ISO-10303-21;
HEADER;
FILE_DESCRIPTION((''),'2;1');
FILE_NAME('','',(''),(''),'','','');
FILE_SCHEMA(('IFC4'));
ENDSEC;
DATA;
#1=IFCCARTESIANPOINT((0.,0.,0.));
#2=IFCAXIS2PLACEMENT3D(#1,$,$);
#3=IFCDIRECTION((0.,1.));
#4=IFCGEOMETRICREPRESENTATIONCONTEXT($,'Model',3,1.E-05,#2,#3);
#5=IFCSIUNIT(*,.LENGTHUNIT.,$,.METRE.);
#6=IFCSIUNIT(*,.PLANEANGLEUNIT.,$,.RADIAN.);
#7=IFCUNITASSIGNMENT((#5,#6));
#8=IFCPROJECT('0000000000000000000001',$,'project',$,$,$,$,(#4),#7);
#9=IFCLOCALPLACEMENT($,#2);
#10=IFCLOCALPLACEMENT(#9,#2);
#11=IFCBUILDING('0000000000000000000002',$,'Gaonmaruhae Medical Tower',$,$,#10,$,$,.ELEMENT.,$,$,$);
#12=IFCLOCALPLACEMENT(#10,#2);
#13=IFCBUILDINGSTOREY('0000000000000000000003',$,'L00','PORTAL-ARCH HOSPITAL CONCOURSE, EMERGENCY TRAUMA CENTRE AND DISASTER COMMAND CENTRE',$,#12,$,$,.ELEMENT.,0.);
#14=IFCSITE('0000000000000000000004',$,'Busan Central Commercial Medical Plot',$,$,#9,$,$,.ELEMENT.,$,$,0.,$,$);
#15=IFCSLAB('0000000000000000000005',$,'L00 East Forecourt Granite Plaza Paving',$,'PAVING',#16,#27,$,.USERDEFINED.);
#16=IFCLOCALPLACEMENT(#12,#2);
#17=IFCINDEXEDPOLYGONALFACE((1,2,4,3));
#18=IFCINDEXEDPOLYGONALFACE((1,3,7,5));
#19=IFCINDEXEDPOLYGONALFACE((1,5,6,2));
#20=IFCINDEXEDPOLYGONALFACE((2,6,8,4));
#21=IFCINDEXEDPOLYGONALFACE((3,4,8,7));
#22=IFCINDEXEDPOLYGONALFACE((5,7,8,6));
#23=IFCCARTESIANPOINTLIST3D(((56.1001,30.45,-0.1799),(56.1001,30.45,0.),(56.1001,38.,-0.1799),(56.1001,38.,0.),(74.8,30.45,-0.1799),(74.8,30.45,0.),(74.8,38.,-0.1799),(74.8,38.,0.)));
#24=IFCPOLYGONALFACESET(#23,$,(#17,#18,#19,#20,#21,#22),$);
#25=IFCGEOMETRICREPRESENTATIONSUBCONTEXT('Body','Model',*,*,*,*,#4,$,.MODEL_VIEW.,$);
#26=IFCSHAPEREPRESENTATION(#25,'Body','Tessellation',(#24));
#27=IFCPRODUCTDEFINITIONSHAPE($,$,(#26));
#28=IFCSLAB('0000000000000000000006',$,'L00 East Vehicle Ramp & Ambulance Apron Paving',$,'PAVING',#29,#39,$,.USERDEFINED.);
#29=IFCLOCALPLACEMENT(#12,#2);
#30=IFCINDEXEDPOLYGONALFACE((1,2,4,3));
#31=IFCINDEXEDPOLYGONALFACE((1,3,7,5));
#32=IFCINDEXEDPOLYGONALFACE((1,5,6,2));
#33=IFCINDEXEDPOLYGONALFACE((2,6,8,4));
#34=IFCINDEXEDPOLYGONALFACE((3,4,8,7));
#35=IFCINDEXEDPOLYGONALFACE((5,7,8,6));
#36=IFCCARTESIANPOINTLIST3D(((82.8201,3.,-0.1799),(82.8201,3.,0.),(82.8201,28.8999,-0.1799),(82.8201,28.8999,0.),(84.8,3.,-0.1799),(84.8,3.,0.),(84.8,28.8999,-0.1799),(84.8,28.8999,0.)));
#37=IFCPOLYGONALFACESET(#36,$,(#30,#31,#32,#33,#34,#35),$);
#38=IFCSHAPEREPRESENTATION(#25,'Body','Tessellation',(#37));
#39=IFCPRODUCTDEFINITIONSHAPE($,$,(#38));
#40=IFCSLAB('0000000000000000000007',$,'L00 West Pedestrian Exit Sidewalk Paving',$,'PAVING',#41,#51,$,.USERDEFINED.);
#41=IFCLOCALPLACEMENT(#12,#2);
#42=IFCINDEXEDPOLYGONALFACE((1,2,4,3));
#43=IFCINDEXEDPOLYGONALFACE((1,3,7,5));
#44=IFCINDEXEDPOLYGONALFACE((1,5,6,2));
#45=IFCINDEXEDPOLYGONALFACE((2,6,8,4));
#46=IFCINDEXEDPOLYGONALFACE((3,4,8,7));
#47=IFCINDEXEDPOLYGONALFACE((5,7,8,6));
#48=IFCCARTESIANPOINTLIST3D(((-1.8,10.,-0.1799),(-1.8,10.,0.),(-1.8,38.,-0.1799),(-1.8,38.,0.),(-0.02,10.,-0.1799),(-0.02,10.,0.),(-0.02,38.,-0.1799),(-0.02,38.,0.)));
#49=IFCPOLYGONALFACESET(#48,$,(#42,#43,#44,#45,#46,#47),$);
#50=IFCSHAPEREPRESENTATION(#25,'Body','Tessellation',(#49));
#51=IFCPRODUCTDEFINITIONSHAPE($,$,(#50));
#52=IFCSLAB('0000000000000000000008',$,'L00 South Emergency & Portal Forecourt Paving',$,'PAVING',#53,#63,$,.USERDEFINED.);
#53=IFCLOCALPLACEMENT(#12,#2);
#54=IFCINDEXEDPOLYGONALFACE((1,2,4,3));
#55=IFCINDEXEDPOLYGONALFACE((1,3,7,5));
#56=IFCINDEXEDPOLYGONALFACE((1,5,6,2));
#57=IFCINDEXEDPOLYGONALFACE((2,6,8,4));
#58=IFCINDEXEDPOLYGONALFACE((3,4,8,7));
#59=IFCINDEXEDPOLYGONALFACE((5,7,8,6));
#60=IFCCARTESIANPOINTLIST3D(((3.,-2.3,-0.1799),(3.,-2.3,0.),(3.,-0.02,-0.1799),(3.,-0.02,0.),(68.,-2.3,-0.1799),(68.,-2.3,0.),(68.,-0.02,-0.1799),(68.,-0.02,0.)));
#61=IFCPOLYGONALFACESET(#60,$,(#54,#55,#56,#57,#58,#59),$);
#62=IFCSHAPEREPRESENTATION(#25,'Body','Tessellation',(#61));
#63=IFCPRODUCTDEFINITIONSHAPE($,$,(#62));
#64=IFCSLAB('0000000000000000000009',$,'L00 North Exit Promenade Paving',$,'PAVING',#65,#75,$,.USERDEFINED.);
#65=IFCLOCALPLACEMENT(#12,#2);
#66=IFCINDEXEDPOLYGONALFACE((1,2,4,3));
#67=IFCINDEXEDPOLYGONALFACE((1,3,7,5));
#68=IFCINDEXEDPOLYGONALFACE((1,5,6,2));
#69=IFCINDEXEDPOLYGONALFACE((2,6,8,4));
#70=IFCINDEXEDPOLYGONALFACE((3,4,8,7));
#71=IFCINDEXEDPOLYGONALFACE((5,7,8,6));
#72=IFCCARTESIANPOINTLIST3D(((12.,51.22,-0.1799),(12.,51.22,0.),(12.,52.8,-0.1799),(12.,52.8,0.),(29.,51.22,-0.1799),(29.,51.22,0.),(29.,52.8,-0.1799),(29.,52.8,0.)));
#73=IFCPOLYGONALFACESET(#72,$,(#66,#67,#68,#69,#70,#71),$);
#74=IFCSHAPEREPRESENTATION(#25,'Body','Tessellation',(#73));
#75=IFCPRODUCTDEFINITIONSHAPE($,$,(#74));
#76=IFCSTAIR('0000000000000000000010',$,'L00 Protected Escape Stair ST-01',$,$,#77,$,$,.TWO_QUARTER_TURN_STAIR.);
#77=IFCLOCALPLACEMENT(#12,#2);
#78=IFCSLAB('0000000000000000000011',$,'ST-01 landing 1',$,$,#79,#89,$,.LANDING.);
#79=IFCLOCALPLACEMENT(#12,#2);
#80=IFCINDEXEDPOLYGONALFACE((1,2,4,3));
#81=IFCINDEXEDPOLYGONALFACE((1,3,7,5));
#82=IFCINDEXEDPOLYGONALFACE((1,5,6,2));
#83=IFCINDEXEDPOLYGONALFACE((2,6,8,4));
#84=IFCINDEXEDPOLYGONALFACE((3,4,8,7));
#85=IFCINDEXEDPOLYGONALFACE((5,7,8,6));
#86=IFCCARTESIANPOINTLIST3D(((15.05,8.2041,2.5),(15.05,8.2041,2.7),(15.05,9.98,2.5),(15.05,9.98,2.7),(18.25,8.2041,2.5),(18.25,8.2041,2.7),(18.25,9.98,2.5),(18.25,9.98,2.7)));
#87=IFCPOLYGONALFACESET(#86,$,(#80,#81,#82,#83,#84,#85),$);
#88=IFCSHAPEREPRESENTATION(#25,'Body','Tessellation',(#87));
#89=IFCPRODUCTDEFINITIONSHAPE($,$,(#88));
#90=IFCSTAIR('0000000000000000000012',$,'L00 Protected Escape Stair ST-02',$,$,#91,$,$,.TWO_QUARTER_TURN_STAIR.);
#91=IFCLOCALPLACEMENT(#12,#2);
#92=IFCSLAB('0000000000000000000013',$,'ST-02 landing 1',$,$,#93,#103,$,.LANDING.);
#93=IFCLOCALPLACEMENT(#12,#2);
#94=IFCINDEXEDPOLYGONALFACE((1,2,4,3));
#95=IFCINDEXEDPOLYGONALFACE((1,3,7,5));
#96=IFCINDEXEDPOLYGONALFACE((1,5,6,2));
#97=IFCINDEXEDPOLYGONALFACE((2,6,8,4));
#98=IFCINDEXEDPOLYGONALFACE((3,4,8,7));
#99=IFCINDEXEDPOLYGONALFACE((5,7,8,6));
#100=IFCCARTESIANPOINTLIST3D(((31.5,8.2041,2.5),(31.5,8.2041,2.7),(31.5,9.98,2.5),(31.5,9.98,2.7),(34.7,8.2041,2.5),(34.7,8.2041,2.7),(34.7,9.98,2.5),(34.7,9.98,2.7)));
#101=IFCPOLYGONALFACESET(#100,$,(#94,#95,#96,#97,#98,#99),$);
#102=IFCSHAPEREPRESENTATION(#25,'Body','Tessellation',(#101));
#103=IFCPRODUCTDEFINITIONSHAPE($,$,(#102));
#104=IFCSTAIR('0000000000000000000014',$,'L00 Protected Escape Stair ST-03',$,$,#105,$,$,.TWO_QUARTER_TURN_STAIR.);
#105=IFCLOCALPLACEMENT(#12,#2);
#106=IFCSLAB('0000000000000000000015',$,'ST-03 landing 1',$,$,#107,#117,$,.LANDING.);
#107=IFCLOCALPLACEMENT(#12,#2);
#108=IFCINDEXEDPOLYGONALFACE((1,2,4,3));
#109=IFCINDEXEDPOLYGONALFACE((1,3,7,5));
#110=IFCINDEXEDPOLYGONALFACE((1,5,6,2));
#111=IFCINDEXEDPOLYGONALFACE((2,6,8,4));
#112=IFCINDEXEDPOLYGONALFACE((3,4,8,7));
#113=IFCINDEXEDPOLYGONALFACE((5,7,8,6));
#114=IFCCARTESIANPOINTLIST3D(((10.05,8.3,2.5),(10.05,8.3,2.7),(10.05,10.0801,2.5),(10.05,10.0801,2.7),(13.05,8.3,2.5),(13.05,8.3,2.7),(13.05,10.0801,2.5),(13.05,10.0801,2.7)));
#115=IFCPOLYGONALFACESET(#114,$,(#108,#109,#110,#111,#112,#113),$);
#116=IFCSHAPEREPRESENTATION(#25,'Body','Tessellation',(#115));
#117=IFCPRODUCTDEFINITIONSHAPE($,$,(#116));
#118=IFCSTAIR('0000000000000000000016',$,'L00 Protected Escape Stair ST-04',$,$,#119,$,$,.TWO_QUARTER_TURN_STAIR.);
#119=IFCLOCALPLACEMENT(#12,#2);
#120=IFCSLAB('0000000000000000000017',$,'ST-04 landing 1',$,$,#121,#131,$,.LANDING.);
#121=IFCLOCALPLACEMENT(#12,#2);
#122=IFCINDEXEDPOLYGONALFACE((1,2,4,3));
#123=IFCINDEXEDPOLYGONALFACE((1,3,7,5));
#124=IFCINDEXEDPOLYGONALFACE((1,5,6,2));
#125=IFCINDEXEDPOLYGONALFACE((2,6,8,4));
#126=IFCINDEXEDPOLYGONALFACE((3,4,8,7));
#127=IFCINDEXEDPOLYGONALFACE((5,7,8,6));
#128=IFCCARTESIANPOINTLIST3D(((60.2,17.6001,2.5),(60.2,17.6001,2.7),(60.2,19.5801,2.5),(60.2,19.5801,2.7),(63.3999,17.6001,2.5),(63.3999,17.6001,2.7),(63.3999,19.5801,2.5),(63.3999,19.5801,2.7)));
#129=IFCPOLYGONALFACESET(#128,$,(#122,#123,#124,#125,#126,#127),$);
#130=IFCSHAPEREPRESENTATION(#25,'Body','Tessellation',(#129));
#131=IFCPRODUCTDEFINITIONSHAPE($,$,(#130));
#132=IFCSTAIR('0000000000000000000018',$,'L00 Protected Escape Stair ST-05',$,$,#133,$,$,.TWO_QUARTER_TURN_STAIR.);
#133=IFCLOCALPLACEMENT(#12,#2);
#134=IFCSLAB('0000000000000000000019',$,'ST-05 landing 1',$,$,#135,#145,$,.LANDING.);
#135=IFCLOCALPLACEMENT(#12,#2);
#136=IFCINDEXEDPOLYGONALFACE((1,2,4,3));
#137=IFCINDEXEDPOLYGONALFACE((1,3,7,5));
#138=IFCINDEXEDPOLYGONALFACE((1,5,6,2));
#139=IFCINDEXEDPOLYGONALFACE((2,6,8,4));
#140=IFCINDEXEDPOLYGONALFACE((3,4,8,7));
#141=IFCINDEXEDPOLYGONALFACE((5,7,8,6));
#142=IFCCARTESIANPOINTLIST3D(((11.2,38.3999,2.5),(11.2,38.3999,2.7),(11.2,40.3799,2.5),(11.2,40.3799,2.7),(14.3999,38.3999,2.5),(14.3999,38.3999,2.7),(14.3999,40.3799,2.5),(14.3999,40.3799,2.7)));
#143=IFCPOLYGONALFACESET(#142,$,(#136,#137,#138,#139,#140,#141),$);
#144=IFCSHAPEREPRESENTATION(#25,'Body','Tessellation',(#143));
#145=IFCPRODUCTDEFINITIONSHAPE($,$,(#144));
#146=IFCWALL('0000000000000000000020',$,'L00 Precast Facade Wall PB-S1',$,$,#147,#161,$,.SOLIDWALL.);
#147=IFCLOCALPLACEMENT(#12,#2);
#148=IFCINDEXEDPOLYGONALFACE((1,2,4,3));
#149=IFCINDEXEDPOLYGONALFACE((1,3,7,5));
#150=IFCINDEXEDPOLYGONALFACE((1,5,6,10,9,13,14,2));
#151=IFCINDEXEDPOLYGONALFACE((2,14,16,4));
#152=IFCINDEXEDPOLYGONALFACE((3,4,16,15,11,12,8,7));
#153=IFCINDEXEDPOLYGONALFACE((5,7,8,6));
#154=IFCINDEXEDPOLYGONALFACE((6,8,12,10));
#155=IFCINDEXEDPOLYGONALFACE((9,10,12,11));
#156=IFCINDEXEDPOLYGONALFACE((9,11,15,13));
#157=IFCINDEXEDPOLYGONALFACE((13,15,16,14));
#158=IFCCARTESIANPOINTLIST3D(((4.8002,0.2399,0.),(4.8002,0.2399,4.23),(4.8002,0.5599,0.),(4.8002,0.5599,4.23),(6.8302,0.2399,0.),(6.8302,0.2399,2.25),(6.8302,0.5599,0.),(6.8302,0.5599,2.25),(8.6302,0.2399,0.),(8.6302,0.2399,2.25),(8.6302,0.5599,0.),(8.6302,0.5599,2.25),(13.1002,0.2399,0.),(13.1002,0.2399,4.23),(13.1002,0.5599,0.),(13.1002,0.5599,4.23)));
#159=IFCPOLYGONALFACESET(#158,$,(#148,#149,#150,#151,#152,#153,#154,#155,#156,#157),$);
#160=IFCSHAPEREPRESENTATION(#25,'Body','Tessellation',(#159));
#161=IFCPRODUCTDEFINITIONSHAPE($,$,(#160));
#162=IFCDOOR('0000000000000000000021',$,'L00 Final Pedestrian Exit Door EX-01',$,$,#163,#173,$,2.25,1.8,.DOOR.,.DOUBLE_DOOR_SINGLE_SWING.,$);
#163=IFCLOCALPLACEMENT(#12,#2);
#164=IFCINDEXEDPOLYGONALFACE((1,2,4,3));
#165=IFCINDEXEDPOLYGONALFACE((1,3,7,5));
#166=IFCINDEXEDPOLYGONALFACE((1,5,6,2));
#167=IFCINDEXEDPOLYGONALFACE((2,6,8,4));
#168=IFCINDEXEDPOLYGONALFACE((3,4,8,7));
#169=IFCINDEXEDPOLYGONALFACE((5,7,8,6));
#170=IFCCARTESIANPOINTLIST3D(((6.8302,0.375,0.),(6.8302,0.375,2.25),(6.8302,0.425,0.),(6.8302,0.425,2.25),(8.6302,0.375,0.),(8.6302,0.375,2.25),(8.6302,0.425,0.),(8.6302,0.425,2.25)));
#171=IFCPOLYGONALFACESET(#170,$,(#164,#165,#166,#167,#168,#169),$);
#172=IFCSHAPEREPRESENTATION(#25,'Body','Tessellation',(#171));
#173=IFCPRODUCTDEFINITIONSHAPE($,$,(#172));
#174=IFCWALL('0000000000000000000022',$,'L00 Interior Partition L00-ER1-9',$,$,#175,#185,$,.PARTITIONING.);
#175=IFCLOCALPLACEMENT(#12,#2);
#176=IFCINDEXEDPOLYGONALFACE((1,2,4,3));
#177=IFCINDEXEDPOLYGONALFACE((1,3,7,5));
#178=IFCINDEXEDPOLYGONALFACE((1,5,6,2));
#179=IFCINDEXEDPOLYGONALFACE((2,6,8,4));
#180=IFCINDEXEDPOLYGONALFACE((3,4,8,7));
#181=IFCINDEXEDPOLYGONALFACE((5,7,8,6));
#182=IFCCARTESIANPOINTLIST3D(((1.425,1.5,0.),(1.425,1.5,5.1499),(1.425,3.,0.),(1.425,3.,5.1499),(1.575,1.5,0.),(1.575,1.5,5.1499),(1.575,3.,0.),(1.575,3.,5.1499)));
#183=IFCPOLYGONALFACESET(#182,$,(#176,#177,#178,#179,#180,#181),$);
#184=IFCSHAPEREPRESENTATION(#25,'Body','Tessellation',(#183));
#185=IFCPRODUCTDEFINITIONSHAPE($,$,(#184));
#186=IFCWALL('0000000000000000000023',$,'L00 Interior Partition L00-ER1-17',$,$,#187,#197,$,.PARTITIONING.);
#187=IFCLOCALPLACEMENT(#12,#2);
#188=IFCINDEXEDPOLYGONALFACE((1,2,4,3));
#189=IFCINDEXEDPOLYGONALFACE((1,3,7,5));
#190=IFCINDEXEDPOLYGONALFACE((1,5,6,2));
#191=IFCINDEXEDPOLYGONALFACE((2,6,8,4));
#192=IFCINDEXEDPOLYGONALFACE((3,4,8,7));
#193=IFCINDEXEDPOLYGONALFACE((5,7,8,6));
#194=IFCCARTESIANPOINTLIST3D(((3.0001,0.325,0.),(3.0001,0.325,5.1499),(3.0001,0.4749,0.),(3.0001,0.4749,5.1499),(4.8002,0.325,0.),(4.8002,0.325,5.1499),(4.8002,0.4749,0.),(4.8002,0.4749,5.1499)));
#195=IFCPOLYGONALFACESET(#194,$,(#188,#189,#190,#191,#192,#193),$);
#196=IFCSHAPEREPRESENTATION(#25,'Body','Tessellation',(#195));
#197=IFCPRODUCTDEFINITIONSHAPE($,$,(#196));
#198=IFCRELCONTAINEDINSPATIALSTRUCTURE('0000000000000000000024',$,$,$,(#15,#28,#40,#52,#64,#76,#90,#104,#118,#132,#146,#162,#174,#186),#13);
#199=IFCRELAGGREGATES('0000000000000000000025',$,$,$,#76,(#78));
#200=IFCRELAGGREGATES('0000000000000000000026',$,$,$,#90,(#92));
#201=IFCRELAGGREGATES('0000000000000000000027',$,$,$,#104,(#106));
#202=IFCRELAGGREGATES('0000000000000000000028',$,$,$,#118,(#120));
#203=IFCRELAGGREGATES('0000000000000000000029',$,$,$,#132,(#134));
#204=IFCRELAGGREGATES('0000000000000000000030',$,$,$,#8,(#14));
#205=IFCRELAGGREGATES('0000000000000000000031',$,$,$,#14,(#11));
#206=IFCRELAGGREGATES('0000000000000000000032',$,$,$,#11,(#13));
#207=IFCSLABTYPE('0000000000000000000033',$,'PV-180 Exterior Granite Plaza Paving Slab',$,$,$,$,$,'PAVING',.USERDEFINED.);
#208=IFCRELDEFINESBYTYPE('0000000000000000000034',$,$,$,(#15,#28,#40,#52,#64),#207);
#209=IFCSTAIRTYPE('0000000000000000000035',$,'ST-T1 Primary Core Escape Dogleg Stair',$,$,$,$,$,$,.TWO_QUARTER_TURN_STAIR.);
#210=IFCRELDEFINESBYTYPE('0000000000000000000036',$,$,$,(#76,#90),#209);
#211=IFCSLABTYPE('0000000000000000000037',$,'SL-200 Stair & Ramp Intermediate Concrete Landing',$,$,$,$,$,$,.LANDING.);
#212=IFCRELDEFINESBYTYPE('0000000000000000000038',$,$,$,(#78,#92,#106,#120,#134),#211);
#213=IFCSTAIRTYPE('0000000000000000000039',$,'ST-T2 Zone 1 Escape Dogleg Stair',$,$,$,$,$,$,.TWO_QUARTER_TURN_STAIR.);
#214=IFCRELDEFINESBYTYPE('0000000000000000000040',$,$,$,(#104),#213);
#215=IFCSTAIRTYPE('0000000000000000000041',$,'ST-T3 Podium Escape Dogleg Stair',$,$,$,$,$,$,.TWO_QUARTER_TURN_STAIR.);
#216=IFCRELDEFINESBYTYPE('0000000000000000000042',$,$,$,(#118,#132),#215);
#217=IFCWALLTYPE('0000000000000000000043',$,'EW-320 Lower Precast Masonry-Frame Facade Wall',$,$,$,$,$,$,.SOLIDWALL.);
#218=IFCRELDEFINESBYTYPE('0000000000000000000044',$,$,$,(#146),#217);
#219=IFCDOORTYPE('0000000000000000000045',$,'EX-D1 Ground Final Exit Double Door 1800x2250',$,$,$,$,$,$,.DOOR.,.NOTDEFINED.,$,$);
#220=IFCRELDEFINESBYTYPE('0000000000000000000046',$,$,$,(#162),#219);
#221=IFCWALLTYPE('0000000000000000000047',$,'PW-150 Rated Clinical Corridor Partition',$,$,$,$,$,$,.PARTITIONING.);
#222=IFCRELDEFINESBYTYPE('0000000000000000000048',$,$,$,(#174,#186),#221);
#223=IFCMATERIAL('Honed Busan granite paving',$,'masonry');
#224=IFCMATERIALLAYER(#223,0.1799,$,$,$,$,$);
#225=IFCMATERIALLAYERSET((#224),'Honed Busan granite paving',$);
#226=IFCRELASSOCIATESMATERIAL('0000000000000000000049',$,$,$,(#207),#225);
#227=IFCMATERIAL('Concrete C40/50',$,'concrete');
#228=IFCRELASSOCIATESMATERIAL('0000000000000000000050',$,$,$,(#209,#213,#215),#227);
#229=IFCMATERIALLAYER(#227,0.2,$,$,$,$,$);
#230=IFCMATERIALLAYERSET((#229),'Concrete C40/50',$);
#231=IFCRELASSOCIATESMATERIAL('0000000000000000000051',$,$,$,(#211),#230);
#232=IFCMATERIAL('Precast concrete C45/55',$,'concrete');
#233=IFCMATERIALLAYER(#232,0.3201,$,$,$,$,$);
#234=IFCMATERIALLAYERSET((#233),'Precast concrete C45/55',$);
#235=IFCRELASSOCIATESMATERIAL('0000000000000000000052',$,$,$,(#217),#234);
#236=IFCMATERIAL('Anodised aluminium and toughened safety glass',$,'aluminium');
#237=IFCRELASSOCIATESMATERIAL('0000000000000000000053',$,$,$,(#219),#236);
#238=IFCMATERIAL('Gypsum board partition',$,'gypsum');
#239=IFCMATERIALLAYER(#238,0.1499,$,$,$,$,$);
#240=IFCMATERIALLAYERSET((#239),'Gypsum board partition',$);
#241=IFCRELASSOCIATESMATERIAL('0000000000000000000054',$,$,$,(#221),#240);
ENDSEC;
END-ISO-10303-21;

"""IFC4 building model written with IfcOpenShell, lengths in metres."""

from ifc_helpers import new_model, si_unit, direction, frame, frame_2d, origin, place, context, subcontext, project, spatial, polyline, rectangle, outline, extrude, material, layer, layer_set, type_object, element, fill, aggregate, save


model = new_model("IFC4")

# Units and contexts
model_context = context("Model", 3, precision=1e-05, world=origin(), true_north=direction((0.0, 1.0)))
body_context = subcontext(model_context, "Body", "Model", "MODEL_VIEW")
ifc_project = project(units=[si_unit("LENGTHUNIT", "METRE"), si_unit("PLANEANGLEUNIT", "RADIAN")], contexts=[model_context])

# Site, building, storey
site_placement = place(None, origin())
site = spatial("IfcSite", under=ifc_project, at=site_placement, Name="Busan Central Commercial Medical Plot", CompositionType="ELEMENT", RefElevation=0.0)
building_placement = place(site_placement, origin())
building = spatial("IfcBuilding", under=site, at=building_placement, Name="Gaonmaruhae Medical Tower", CompositionType="ELEMENT")
storey_placement = place(building_placement, origin())
storey = spatial("IfcBuildingStorey", under=building, at=storey_placement, Name="L00", Description="PORTAL-ARCH HOSPITAL CONCOURSE, EMERGENCY TRAUMA CENTRE AND DISASTER COMMAND CENTRE", CompositionType="ELEMENT", Elevation=0.0)

# Shared definitions
ifc_material_1 = material(Name="Concrete C40/50", Category="concrete")

# Slabs
ifc_material_2 = material(Name="Honed Busan granite paving", Category="masonry")
ifc_layer_1 = layer(ifc_material_2, 0.1799)
ifc_layer_set_1 = layer_set([ifc_layer_1], Name="Honed Busan granite paving")
slab_type_1 = type_object("IfcSlabType", Name="PV-180 Exterior Granite Plaza Paving Slab", ElementType="PAVING", PredefinedType="USERDEFINED", material=ifc_layer_set_1)
slab_1_placement = place(storey_placement, frame((0.0, 0.0, -0.1799)))
element("IfcSlab", 1, at=slab_1_placement, inside=storey, type_object=slab_type_1, Name="L00 East Forecourt Granite Plaza Paving", ObjectType="PAVING", PredefinedType="USERDEFINED", context=body_context, shape_type="SweptSolid", body=[
    extrude(outline(polyline([(56.1001, 38.0), (74.8, 38.0), (74.8, 30.45), (56.1001, 30.45), (56.1001, 38.0)])), origin(), (0.0, 0.0, 1.0), 0.1799),
])
slab_2_placement = place(storey_placement, frame((0.0, 0.0, -0.1799)))
element("IfcSlab", 2, at=slab_2_placement, inside=storey, type_object=slab_type_1, Name="L00 East Vehicle Ramp & Ambulance Apron Paving", ObjectType="PAVING", PredefinedType="USERDEFINED", context=body_context, shape_type="SweptSolid", body=[
    extrude(outline(polyline([(84.8, 28.8999), (84.8, 3.0), (82.8201, 3.0), (82.8201, 28.8999), (84.8, 28.8999)])), origin(), (0.0, 0.0, 1.0), 0.1799),
])
slab_3_placement = place(storey_placement, frame((0.0, 0.0, -0.1799)))
element("IfcSlab", 3, at=slab_3_placement, inside=storey, type_object=slab_type_1, Name="L00 West Pedestrian Exit Sidewalk Paving", ObjectType="PAVING", PredefinedType="USERDEFINED", context=body_context, shape_type="SweptSolid", body=[
    extrude(outline(polyline([(-1.8, 10.0), (-1.8, 38.0), (-0.02, 38.0), (-0.02, 10.0), (-1.8, 10.0)])), origin(), (0.0, 0.0, 1.0), 0.1799),
])
slab_4_placement = place(storey_placement, frame((0.0, 0.0, -0.1799)))
element("IfcSlab", 4, at=slab_4_placement, inside=storey, type_object=slab_type_1, Name="L00 South Emergency & Portal Forecourt Paving", ObjectType="PAVING", PredefinedType="USERDEFINED", context=body_context, shape_type="SweptSolid", body=[
    extrude(outline(polyline([(68.0, -2.3), (3.0, -2.3), (3.0, -0.02), (68.0, -0.02), (68.0, -2.3)])), origin(), (0.0, 0.0, 1.0), 0.1799),
])
slab_5_placement = place(storey_placement, frame((0.0, 0.0, -0.1799)))
element("IfcSlab", 5, at=slab_5_placement, inside=storey, type_object=slab_type_1, Name="L00 North Exit Promenade Paving", ObjectType="PAVING", PredefinedType="USERDEFINED", context=body_context, shape_type="SweptSolid", body=[
    extrude(outline(polyline([(12.0, 52.8), (29.0, 52.8), (29.0, 51.22), (12.0, 51.22), (12.0, 52.8)])), origin(), (0.0, 0.0, 1.0), 0.1799),
])

# Stairs, slabs
stair_type_1 = type_object("IfcStairType", Name="ST-T1 Primary Core Escape Dogleg Stair", PredefinedType="TWO_QUARTER_TURN_STAIR", material=ifc_material_1)
stair_1_placement = place(storey_placement, origin())
stair_1 = element("IfcStair", 6, at=stair_1_placement, inside=storey, type_object=stair_type_1, Name="L00 Protected Escape Stair ST-01", PredefinedType="TWO_QUARTER_TURN_STAIR")
ifc_layer_2 = layer(ifc_material_1, 0.2)
ifc_layer_set_2 = layer_set([ifc_layer_2], Name="Concrete C40/50")
slab_type_2 = type_object("IfcSlabType", Name="SL-200 Stair & Ramp Intermediate Concrete Landing", PredefinedType="LANDING", material=ifc_layer_set_2)
slab_6_placement = place(storey_placement, frame((0.0, 0.0, 2.5)))
slab_6 = element("IfcSlab", 7, at=slab_6_placement, type_object=slab_type_2, Name="ST-01 landing 1", PredefinedType="LANDING", context=body_context, shape_type="SweptSolid", body=[
    extrude(outline(polyline([(15.05, 9.98), (15.05, 8.2041), (18.25, 8.2041), (18.25, 9.98), (15.05, 9.98)])), origin(), (0.0, 0.0, 1.0), 0.2),
])
aggregate(stair_1, [slab_6])
stair_2_placement = place(storey_placement, origin())
stair_2 = element("IfcStair", 8, at=stair_2_placement, inside=storey, type_object=stair_type_1, Name="L00 Protected Escape Stair ST-02", PredefinedType="TWO_QUARTER_TURN_STAIR")
slab_7_placement = place(storey_placement, frame((0.0, 0.0, 2.5)))
slab_7 = element("IfcSlab", 9, at=slab_7_placement, type_object=slab_type_2, Name="ST-02 landing 1", PredefinedType="LANDING", context=body_context, shape_type="SweptSolid", body=[
    extrude(outline(polyline([(31.5, 9.98), (31.5, 8.2041), (34.7, 8.2041), (34.7, 9.98), (31.5, 9.98)])), origin(), (0.0, 0.0, 1.0), 0.2),
])
aggregate(stair_2, [slab_7])
stair_type_2 = type_object("IfcStairType", Name="ST-T2 Zone 1 Escape Dogleg Stair", PredefinedType="TWO_QUARTER_TURN_STAIR", material=ifc_material_1)
stair_3_placement = place(storey_placement, origin())
stair_3 = element("IfcStair", 10, at=stair_3_placement, inside=storey, type_object=stair_type_2, Name="L00 Protected Escape Stair ST-03", PredefinedType="TWO_QUARTER_TURN_STAIR")
slab_8_placement = place(storey_placement, frame((0.0, 0.0, 2.5)))
slab_8 = element("IfcSlab", 11, at=slab_8_placement, type_object=slab_type_2, Name="ST-03 landing 1", PredefinedType="LANDING", context=body_context, shape_type="SweptSolid", body=[
    extrude(outline(polyline([(10.05, 10.0801), (10.05, 8.3), (13.05, 8.3), (13.05, 10.0801), (10.05, 10.0801)])), origin(), (0.0, 0.0, 1.0), 0.2),
])
aggregate(stair_3, [slab_8])
stair_type_3 = type_object("IfcStairType", Name="ST-T3 Podium Escape Dogleg Stair", PredefinedType="TWO_QUARTER_TURN_STAIR", material=ifc_material_1)
stair_4_placement = place(storey_placement, origin())
stair_4 = element("IfcStair", 12, at=stair_4_placement, inside=storey, type_object=stair_type_3, Name="L00 Protected Escape Stair ST-04", PredefinedType="TWO_QUARTER_TURN_STAIR")
slab_9_placement = place(storey_placement, frame((0.0, 0.0, 2.5)))
slab_9 = element("IfcSlab", 13, at=slab_9_placement, type_object=slab_type_2, Name="ST-04 landing 1", PredefinedType="LANDING", context=body_context, shape_type="SweptSolid", body=[
    extrude(outline(polyline([(60.2, 19.5801), (60.2, 17.6001), (63.3999, 17.6001), (63.3999, 19.5801), (60.2, 19.5801)])), origin(), (0.0, 0.0, 1.0), 0.2),
])
aggregate(stair_4, [slab_9])
stair_5_placement = place(storey_placement, origin())
stair_5 = element("IfcStair", 14, at=stair_5_placement, inside=storey, type_object=stair_type_3, Name="L00 Protected Escape Stair ST-05", PredefinedType="TWO_QUARTER_TURN_STAIR")
slab_10_placement = place(storey_placement, frame((0.0, 0.0, 2.5)))
slab_10 = element("IfcSlab", 15, at=slab_10_placement, type_object=slab_type_2, Name="ST-05 landing 1", PredefinedType="LANDING", context=body_context, shape_type="SweptSolid", body=[
    extrude(outline(polyline([(11.2, 40.3799), (11.2, 38.3999), (14.3999, 38.3999), (14.3999, 40.3799), (11.2, 40.3799)])), origin(), (0.0, 0.0, 1.0), 0.2),
])
aggregate(stair_5, [slab_10])

# Wall, opening, door
ifc_material_3 = material(Name="Precast concrete C45/55", Category="concrete")
ifc_layer_3 = layer(ifc_material_3, 0.3201)
ifc_layer_set_3 = layer_set([ifc_layer_3], Name="Precast concrete C45/55")
wall_type_1 = type_object("IfcWallType", Name="EW-320 Lower Precast Masonry-Frame Facade Wall", PredefinedType="SOLIDWALL", material=ifc_layer_set_3)
wall_1_placement = place(storey_placement, frame((13.1001, 0.3999, 0.0), z_axis=(0.0, 0.0, 1.0), x_axis=(-1.0, 0.0, 0.0)))
wall_1 = element("IfcWall", 16, at=wall_1_placement, inside=storey, type_object=wall_type_1, Name="L00 Precast Facade Wall PB-S1", PredefinedType="SOLIDWALL", context=body_context, shape_type="SweptSolid", body=[
    extrude(rectangle(XDim=8.3, YDim=0.3201, at=frame_2d((4.1499, 0.0))), origin(), (0.0, 0.0, 1.0), 4.23),
])
opening_placement = place(wall_1_placement, frame((4.47, 0.0, 0.0)))
opening = element("IfcOpeningElement", 17, at=opening_placement, cuts=wall_1, PredefinedType="OPENING", context=body_context, shape_type="SweptSolid", body=[
    extrude(rectangle(XDim=1.8, YDim=2.25, at=frame_2d((0.8999, 1.125))), frame((0.0, 0.1699, 0.0), z_axis=(0.0, -1.0, 0.0), x_axis=(1.0, 0.0, 0.0)), (0.0, 0.0, 1.0), 0.3401),
])
ifc_material_4 = material(Name="Anodised aluminium and toughened safety glass", Category="aluminium")
door_type = type_object("IfcDoorType", Name="EX-D1 Ground Final Exit Double Door 1800x2250", OperationType="NOTDEFINED", PredefinedType="DOOR", material=ifc_material_4)
door_placement = place(opening_placement, origin())
door = element("IfcDoor", 18, at=door_placement, inside=storey, type_object=door_type, Name="L00 Final Pedestrian Exit Door EX-01", OperationType="DOUBLE_DOOR_SINGLE_SWING", OverallHeight=2.25, OverallWidth=1.8, PredefinedType="DOOR", context=body_context, shape_type="SweptSolid", body=[
    extrude(rectangle(XDim=1.8, YDim=2.25, at=frame_2d((0.8999, 1.125))), frame((0.0, 0.0249, 0.0), z_axis=(0.0, -1.0, 0.0), x_axis=(1.0, 0.0, 0.0)), (0.0, 0.0, 1.0), 0.05),
])
fill(opening, door)

# Walls
ifc_material_5 = material(Name="Gypsum board partition", Category="gypsum")
ifc_layer_4 = layer(ifc_material_5, 0.1499)
ifc_layer_set_4 = layer_set([ifc_layer_4], Name="Gypsum board partition")
wall_type_2 = type_object("IfcWallType", Name="PW-150 Rated Clinical Corridor Partition", PredefinedType="PARTITIONING", material=ifc_layer_set_4)
wall_2_placement = place(storey_placement, frame((1.5, 1.5, 0.0), z_axis=(0.0, 0.0, 1.0), x_axis=(0.0, 1.0, 0.0)))
element("IfcWall", 19, at=wall_2_placement, inside=storey, type_object=wall_type_2, Name="L00 Interior Partition L00-ER1-9", PredefinedType="PARTITIONING", context=body_context, shape_type="SweptSolid", body=[
    extrude(rectangle(XDim=1.5, YDim=0.1499, at=frame_2d((0.75, 0.0))), origin(), (0.0, 0.0, 1.0), 5.1499),
])
wall_3_placement = place(storey_placement, frame((4.8, 0.3999, 0.0), z_axis=(0.0, 0.0, 1.0), x_axis=(-1.0, 0.0, 0.0)))
element("IfcWall", 20, at=wall_3_placement, inside=storey, type_object=wall_type_2, Name="L00 Interior Partition L00-ER1-17", PredefinedType="PARTITIONING", context=body_context, shape_type="SweptSolid", body=[
    extrude(rectangle(XDim=1.8, YDim=0.1499, at=frame_2d((0.8999, 0.0))), origin(), (0.0, 0.0, 1.0), 5.1499),
])

save(model, "model.ifc")
